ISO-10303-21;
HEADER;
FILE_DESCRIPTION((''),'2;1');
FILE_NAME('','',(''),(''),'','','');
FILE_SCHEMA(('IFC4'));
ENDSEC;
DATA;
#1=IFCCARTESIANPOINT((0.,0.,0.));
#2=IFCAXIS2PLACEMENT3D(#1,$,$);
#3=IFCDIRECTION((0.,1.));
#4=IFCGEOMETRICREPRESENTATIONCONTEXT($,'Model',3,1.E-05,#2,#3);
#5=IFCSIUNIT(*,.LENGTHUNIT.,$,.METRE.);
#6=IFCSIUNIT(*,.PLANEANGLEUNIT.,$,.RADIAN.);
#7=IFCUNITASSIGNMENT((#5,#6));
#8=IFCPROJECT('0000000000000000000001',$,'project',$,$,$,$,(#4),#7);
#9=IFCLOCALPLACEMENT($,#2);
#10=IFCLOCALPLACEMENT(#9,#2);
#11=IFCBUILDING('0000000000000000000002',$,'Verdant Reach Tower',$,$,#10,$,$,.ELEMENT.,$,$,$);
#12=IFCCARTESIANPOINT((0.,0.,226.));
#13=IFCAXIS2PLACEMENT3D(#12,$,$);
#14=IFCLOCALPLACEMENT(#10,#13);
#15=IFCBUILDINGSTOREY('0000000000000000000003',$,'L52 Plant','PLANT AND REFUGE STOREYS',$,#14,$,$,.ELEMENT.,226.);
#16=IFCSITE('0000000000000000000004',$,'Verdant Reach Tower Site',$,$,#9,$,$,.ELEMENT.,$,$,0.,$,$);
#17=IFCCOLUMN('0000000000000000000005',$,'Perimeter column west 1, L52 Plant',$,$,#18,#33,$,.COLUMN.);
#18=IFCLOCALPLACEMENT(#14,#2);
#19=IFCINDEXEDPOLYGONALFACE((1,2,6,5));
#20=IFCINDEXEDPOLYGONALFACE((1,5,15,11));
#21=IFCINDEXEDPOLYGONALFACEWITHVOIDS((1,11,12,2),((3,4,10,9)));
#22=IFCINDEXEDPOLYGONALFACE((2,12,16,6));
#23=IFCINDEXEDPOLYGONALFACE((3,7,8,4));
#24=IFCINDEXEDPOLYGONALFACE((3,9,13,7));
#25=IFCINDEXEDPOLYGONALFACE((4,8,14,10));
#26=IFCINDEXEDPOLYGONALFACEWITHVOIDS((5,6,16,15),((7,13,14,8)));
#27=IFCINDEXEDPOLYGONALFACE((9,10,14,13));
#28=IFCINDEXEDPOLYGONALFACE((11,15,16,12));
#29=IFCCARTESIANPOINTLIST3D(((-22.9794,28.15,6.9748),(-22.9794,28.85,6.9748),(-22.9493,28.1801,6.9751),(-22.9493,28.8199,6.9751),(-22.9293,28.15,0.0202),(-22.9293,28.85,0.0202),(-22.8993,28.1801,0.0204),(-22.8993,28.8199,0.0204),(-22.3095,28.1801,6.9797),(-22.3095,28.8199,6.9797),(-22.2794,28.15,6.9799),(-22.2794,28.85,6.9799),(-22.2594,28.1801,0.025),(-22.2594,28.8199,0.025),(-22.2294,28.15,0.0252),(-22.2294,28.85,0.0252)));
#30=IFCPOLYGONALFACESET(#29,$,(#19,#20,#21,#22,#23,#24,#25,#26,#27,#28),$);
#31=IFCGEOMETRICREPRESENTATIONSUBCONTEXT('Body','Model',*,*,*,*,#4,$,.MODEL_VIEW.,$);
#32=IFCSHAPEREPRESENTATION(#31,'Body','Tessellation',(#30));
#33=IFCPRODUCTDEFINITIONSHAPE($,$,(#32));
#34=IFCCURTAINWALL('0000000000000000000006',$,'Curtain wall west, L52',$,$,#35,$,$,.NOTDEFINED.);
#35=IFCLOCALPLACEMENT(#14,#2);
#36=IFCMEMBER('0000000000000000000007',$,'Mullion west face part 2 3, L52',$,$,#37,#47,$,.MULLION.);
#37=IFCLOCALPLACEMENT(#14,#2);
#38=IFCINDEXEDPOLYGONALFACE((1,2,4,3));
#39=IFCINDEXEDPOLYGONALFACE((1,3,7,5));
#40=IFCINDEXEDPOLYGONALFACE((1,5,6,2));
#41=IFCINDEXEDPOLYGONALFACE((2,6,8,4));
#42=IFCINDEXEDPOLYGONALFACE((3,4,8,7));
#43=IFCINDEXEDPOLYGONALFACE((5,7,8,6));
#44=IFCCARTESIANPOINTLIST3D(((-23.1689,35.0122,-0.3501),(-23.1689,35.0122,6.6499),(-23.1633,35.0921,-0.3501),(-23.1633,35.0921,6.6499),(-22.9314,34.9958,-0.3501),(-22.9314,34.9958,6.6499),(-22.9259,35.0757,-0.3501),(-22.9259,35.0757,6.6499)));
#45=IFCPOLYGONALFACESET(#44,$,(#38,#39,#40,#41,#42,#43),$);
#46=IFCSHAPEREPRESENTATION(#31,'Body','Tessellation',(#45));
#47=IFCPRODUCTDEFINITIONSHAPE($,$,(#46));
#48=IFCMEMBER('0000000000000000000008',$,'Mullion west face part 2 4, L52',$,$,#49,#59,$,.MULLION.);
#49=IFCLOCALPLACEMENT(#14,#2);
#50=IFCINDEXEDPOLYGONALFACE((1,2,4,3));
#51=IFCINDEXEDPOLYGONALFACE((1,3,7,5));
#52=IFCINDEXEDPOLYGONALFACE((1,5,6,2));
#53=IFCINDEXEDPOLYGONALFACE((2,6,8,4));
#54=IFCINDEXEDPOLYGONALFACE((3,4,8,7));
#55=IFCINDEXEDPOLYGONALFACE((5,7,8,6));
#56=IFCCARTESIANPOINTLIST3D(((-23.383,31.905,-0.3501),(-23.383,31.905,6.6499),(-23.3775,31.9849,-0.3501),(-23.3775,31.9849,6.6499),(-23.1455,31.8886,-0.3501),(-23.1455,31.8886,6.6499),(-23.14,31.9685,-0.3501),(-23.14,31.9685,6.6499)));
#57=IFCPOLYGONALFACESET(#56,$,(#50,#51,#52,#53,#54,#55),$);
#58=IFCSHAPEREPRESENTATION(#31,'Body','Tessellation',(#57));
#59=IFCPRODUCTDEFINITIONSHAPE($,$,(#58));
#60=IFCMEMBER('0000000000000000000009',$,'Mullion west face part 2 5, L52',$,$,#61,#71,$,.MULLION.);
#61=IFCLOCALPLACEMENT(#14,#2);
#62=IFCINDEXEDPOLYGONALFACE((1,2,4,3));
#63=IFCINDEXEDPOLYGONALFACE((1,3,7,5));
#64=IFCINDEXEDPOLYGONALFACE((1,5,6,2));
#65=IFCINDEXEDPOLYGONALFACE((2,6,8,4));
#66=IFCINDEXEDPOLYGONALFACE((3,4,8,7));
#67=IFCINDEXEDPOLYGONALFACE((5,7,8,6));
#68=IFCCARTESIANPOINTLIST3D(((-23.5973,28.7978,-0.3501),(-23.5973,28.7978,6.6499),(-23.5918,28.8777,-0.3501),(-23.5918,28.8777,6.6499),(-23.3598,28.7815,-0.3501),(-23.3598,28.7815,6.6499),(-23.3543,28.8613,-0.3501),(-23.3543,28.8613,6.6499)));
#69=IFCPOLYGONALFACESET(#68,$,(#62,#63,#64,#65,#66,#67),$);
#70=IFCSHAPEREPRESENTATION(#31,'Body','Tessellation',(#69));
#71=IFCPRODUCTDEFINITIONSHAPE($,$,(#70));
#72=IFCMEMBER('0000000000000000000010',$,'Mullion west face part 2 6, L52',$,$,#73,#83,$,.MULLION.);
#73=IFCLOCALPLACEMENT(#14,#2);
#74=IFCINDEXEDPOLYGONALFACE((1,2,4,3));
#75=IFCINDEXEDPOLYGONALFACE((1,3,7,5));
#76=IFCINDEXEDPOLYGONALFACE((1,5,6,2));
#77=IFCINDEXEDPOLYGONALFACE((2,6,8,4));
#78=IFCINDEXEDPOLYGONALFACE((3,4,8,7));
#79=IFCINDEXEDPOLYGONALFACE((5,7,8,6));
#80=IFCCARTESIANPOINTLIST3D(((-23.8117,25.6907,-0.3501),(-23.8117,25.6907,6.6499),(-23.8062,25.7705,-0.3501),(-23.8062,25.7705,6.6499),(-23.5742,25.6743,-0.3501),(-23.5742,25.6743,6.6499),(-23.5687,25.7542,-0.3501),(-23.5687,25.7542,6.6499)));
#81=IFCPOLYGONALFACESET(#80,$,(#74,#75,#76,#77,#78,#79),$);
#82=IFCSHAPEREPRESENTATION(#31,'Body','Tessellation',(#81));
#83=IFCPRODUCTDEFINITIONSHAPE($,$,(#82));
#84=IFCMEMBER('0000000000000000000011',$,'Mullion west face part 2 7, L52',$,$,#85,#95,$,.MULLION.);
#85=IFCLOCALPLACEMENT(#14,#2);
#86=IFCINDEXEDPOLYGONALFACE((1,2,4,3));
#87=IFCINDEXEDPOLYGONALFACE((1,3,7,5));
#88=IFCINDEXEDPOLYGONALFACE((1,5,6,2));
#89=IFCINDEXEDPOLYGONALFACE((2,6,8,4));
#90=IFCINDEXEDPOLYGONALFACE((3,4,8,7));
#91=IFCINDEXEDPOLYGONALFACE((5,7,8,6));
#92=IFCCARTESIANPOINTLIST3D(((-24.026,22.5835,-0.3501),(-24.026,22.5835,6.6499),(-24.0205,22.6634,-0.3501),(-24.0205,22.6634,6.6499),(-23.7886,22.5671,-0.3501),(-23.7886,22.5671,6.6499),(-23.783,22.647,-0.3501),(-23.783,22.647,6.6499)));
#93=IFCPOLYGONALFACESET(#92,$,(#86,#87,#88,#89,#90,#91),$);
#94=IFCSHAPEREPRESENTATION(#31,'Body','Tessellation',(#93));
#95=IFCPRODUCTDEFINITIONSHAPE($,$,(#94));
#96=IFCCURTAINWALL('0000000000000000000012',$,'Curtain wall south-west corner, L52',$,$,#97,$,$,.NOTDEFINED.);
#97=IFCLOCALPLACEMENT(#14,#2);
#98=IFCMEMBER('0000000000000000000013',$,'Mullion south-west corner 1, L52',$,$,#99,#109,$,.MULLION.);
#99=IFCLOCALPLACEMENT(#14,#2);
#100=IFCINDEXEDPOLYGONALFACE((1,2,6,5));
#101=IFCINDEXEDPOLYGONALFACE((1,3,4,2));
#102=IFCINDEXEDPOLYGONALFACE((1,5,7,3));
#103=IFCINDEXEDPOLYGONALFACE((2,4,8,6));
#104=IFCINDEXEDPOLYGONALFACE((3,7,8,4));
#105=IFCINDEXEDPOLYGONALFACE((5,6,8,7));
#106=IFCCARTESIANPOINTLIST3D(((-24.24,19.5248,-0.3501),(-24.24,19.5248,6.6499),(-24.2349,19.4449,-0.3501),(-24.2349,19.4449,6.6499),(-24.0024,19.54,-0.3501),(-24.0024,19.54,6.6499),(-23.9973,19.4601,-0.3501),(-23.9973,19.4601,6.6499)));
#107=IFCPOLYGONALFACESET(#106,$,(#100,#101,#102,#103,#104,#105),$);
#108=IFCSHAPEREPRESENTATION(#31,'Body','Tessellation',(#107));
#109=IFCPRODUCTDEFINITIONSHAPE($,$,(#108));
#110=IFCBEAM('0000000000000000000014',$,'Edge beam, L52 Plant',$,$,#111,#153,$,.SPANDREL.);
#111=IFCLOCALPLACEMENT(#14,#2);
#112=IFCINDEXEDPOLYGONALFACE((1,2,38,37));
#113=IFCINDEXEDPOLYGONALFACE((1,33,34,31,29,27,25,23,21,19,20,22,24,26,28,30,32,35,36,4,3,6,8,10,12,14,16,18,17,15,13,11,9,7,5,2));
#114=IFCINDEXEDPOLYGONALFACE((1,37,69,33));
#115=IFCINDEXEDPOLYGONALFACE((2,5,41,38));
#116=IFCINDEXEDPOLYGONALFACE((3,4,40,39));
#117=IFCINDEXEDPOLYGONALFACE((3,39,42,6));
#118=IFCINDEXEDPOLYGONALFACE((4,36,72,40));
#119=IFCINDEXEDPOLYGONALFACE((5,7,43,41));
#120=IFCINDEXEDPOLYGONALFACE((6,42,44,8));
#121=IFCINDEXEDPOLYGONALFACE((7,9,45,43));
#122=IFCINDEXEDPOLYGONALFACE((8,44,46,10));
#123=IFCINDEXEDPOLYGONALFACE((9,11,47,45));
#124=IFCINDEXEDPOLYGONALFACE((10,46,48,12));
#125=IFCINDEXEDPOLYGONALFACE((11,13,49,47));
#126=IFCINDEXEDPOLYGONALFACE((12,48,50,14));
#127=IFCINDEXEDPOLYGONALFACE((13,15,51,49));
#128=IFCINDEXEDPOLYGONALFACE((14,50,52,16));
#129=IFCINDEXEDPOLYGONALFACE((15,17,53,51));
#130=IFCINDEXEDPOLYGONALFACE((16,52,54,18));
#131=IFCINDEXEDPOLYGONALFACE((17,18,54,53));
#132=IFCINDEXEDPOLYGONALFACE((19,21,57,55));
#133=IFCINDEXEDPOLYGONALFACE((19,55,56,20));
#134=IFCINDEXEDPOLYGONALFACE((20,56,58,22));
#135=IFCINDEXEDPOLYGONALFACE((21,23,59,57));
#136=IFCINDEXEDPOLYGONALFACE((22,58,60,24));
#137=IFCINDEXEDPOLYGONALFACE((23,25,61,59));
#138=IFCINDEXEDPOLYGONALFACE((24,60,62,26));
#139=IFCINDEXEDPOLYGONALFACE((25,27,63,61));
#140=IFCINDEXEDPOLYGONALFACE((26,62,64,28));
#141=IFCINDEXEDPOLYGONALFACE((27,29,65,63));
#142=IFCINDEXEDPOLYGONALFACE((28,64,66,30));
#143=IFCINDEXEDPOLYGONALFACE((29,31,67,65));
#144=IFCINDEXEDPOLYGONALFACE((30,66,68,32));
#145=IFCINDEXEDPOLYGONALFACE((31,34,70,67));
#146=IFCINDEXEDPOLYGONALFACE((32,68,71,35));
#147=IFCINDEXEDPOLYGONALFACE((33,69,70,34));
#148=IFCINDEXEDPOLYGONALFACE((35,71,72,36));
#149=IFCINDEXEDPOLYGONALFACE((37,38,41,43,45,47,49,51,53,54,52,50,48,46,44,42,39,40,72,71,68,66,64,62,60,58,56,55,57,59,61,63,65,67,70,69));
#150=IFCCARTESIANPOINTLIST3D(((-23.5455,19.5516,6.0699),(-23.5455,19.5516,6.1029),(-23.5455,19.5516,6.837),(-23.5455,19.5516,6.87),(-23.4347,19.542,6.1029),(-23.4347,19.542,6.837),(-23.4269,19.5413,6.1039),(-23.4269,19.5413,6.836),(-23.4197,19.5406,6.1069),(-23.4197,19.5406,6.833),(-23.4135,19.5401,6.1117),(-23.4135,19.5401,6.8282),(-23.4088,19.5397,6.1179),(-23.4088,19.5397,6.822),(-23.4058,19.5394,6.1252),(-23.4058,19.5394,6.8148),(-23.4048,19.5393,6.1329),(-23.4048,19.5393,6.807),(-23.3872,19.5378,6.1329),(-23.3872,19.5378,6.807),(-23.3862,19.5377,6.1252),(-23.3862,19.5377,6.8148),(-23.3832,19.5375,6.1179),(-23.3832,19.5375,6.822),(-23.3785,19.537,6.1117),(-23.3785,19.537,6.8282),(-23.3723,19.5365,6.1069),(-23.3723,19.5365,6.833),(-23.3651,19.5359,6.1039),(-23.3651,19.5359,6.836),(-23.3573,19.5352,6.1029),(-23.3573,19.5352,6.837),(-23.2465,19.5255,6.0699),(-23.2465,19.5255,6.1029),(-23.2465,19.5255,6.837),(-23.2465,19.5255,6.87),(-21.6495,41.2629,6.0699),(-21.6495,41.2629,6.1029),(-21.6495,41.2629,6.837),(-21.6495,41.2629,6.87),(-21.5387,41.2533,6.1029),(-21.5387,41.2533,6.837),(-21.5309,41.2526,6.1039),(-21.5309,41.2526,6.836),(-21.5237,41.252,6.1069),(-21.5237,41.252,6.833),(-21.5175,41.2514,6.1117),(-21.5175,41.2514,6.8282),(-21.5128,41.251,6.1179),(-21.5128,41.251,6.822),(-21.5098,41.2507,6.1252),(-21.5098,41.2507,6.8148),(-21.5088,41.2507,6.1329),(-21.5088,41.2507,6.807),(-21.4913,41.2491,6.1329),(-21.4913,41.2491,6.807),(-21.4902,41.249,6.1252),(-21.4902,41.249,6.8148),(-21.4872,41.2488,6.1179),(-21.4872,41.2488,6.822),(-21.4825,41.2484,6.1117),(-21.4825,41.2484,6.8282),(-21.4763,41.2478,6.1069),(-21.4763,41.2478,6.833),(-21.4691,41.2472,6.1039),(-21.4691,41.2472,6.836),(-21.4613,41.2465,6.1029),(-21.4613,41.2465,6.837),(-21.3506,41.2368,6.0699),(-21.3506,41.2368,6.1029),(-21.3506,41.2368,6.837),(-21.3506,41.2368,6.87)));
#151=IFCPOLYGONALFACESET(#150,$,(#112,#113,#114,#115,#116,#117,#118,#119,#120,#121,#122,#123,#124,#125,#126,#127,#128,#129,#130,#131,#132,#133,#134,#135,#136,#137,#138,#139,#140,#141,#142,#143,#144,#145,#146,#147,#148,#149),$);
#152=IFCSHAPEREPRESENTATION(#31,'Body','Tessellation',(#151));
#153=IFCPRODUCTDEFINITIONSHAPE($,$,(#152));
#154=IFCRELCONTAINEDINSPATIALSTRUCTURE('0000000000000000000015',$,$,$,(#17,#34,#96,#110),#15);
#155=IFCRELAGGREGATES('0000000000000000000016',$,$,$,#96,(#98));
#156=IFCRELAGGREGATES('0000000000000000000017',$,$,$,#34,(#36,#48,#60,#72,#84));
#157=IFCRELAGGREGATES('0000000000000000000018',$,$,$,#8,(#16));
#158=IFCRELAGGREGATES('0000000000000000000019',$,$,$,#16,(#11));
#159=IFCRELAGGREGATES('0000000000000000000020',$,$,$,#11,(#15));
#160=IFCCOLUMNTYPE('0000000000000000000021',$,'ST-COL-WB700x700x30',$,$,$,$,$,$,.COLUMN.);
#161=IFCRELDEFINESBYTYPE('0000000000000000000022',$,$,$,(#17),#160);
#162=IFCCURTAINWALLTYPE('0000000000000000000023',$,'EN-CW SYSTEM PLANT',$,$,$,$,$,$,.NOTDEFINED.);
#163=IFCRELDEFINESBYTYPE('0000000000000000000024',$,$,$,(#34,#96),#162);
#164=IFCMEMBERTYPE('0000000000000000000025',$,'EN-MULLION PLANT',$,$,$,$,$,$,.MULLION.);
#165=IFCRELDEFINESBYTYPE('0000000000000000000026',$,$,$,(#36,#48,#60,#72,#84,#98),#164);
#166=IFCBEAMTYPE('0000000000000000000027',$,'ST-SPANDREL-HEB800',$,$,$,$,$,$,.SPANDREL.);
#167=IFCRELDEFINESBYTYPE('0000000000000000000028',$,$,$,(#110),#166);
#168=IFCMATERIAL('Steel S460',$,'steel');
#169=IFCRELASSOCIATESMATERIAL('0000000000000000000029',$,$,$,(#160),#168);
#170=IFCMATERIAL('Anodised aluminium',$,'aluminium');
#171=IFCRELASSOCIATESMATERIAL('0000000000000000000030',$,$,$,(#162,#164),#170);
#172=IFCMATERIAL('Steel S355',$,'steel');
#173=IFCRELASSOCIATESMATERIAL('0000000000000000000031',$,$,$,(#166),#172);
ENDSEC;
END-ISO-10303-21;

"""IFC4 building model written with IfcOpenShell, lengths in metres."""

from ifc_helpers import new_model, si_unit, direction, frame, origin, origin_2d, place, context, subcontext, project, spatial, rectangle, hollow_rectangle, i_section, extrude, material, material_profile, profile_set, type_object, element, aggregate, save


model = new_model("IFC4")

# Units and contexts
model_context = context("Model", 3, precision=1e-05, world=origin(), true_north=direction((0.0, 1.0)))
body_context = subcontext(model_context, "Body", "Model", "MODEL_VIEW")
ifc_project = project(units=[si_unit("LENGTHUNIT", "METRE"), si_unit("PLANEANGLEUNIT", "RADIAN")], contexts=[model_context])

# Site, building, storey
site_placement = place(None, origin())
site = spatial("IfcSite", under=ifc_project, at=site_placement, Name="Verdant Reach Tower Site", CompositionType="ELEMENT", RefElevation=0.0)
building_placement = place(site_placement, origin())
building = spatial("IfcBuilding", under=site, at=building_placement, Name="Verdant Reach Tower", CompositionType="ELEMENT")
storey_placement = place(building_placement, frame((0.0, 0.0, 226.0)))
storey = spatial("IfcBuildingStorey", under=building, at=storey_placement, Name="L52 Plant", Description="PLANT AND REFUGE STOREYS", CompositionType="ELEMENT", Elevation=226.0)

# Column
ifc_material_1 = material(Name="Steel S460", Category="steel")
ifc_material_profile_1 = material_profile(ifc_material_1, hollow_rectangle(XDim=0.7, YDim=0.7, WallThickness=0.03, at=origin_2d()), Name="WB 700x700x30")
ifc_profile_set_1 = profile_set([ifc_material_profile_1], Name="Steel S460")
column_type = type_object("IfcColumnType", Name="ST-COL-WB700x700x30", PredefinedType="COLUMN", material=ifc_profile_set_1)
column_placement = place(storey_placement, frame((-22.5793, 28.5, 0.0227), z_axis=(-0.007196, 0.0, 0.999974), x_axis=(0.0, -1.0, 0.0)))
element("IfcColumn", 1, at=column_placement, inside=storey, type_object=column_type, Name="Perimeter column west 1, L52 Plant", PredefinedType="COLUMN", context=body_context, shape_type="SweptSolid", body=[
    extrude(hollow_rectangle(XDim=0.7, YDim=0.7, WallThickness=0.03, at=origin_2d()), origin(), (0.0, 0.0, 1.0), 6.9548),
])

# Curtain wall, members
ifc_material_2 = material(Name="Anodised aluminium", Category="aluminium")
curtain_wall_type = type_object("IfcCurtainWallType", Name="EN-CW SYSTEM PLANT", PredefinedType="NOTDEFINED", material=ifc_material_2)
curtain_wall_1_placement = place(storey_placement, origin())
curtain_wall_1 = element("IfcCurtainWall", 2, at=curtain_wall_1_placement, inside=storey, type_object=curtain_wall_type, Name="Curtain wall west, L52", PredefinedType="NOTDEFINED")
ifc_material_profile_2 = material_profile(ifc_material_2, rectangle(XDim=0.238, YDim=0.0801, at=origin_2d()), Name="Mullion 80x240")
ifc_profile_set_2 = profile_set([ifc_material_profile_2], Name="Anodised aluminium")
member_type_1 = type_object("IfcMemberType", Name="EN-MULLION PLANT", PredefinedType="MULLION", material=ifc_profile_set_2)
member_1_placement = place(storey_placement, frame((-23.0474, 35.0439, -0.3501), z_axis=(0.0, 0.0, 1.0), x_axis=(-0.99763, 0.068802, 0.0)))
member_1 = element("IfcMember", 3, at=member_1_placement, type_object=member_type_1, Name="Mullion west face part 2 3, L52", PredefinedType="MULLION", context=body_context, shape_type="SweptSolid", body=[
    extrude(rectangle(XDim=0.238, YDim=0.0801, at=origin_2d()), origin(), (0.0, 0.0, 1.0), 7.0),
])
member_2_placement = place(storey_placement, frame((-23.2615, 31.9368, -0.3501), z_axis=(0.0, 0.0, 1.0), x_axis=(-0.99763, 0.068802, 0.0)))
member_2 = element("IfcMember", 4, at=member_2_placement, type_object=member_type_1, Name="Mullion west face part 2 4, L52", PredefinedType="MULLION", context=body_context, shape_type="SweptSolid", body=[
    extrude(rectangle(XDim=0.238, YDim=0.0801, at=origin_2d()), origin(), (0.0, 0.0, 1.0), 7.0),
])
member_3_placement = place(storey_placement, frame((-23.4758, 28.8296, -0.3501), z_axis=(0.0, 0.0, 1.0), x_axis=(-0.99763, 0.068802, 0.0)))
member_3 = element("IfcMember", 5, at=member_3_placement, type_object=member_type_1, Name="Mullion west face part 2 5, L52", PredefinedType="MULLION", context=body_context, shape_type="SweptSolid", body=[
    extrude(rectangle(XDim=0.238, YDim=0.0801, at=origin_2d()), origin(), (0.0, 0.0, 1.0), 7.0),
])
member_4_placement = place(storey_placement, frame((-23.6902, 25.7224, -0.3501), z_axis=(0.0, 0.0, 1.0), x_axis=(-0.99763, 0.068802, 0.0)))
member_4 = element("IfcMember", 6, at=member_4_placement, type_object=member_type_1, Name="Mullion west face part 2 6, L52", PredefinedType="MULLION", context=body_context, shape_type="SweptSolid", body=[
    extrude(rectangle(XDim=0.238, YDim=0.0801, at=origin_2d()), origin(), (0.0, 0.0, 1.0), 7.0),
])
member_5_placement = place(storey_placement, frame((-23.9045, 22.6152, -0.3501), z_axis=(0.0, 0.0, 1.0), x_axis=(-0.99763, 0.068802, 0.0)))
member_5 = element("IfcMember", 7, at=member_5_placement, type_object=member_type_1, Name="Mullion west face part 2 7, L52", PredefinedType="MULLION", context=body_context, shape_type="SweptSolid", body=[
    extrude(rectangle(XDim=0.238, YDim=0.0801, at=origin_2d()), origin(), (0.0, 0.0, 1.0), 7.0),
])

# Curtain wall, member
curtain_wall_2_placement = place(storey_placement, origin())
curtain_wall_2 = element("IfcCurtainWall", 8, at=curtain_wall_2_placement, inside=storey, type_object=curtain_wall_type, Name="Curtain wall south-west corner, L52", PredefinedType="NOTDEFINED")
member_6_placement = place(storey_placement, frame((-24.1187, 19.4924, -0.3501), z_axis=(0.0, 0.0, 1.0), x_axis=(-0.997969, -0.063699, 0.0)))
member_6 = element("IfcMember", 9, at=member_6_placement, type_object=member_type_1, Name="Mullion south-west corner 1, L52", PredefinedType="MULLION", context=body_context, shape_type="SweptSolid", body=[
    extrude(rectangle(XDim=0.238, YDim=0.0801, at=origin_2d()), origin(), (0.0, 0.0, 1.0), 7.0),
])
aggregate(curtain_wall_2, [member_6])

# Beam
ifc_material_3 = material(Name="Steel S355", Category="steel")
ifc_material_profile_3 = material_profile(ifc_material_3, i_section(OverallWidth=0.3, OverallDepth=0.8, WebThickness=0.0176, FlangeThickness=0.033, FilletRadius=0.03, at=origin_2d()), Name="HEB 800")
ifc_profile_set_3 = profile_set([ifc_material_profile_3], Name="Steel S355")
beam_type = type_object("IfcBeamType", Name="ST-SPANDREL-HEB800", PredefinedType="SPANDREL", material=ifc_profile_set_3)
beam_placement = place(storey_placement, frame((-23.396, 19.5386, 6.47), z_axis=(0.086996, 0.996209, 0.0), x_axis=(-0.996209, 0.086996, 0.0)))
element("IfcBeam", 10, at=beam_placement, inside=storey, type_object=beam_type, Name="Edge beam, L52 Plant", PredefinedType="SPANDREL", context=body_context, shape_type="SweptSolid", body=[
    extrude(i_section(OverallWidth=0.3, OverallDepth=0.8, WebThickness=0.0176, FlangeThickness=0.033, FilletRadius=0.03, at=origin_2d()), origin(), (0.0, 0.0, 1.0), 21.7939),
])

aggregate(curtain_wall_1, [member_1, member_2, member_3, member_4, member_5])

save(model, "model.ifc")
